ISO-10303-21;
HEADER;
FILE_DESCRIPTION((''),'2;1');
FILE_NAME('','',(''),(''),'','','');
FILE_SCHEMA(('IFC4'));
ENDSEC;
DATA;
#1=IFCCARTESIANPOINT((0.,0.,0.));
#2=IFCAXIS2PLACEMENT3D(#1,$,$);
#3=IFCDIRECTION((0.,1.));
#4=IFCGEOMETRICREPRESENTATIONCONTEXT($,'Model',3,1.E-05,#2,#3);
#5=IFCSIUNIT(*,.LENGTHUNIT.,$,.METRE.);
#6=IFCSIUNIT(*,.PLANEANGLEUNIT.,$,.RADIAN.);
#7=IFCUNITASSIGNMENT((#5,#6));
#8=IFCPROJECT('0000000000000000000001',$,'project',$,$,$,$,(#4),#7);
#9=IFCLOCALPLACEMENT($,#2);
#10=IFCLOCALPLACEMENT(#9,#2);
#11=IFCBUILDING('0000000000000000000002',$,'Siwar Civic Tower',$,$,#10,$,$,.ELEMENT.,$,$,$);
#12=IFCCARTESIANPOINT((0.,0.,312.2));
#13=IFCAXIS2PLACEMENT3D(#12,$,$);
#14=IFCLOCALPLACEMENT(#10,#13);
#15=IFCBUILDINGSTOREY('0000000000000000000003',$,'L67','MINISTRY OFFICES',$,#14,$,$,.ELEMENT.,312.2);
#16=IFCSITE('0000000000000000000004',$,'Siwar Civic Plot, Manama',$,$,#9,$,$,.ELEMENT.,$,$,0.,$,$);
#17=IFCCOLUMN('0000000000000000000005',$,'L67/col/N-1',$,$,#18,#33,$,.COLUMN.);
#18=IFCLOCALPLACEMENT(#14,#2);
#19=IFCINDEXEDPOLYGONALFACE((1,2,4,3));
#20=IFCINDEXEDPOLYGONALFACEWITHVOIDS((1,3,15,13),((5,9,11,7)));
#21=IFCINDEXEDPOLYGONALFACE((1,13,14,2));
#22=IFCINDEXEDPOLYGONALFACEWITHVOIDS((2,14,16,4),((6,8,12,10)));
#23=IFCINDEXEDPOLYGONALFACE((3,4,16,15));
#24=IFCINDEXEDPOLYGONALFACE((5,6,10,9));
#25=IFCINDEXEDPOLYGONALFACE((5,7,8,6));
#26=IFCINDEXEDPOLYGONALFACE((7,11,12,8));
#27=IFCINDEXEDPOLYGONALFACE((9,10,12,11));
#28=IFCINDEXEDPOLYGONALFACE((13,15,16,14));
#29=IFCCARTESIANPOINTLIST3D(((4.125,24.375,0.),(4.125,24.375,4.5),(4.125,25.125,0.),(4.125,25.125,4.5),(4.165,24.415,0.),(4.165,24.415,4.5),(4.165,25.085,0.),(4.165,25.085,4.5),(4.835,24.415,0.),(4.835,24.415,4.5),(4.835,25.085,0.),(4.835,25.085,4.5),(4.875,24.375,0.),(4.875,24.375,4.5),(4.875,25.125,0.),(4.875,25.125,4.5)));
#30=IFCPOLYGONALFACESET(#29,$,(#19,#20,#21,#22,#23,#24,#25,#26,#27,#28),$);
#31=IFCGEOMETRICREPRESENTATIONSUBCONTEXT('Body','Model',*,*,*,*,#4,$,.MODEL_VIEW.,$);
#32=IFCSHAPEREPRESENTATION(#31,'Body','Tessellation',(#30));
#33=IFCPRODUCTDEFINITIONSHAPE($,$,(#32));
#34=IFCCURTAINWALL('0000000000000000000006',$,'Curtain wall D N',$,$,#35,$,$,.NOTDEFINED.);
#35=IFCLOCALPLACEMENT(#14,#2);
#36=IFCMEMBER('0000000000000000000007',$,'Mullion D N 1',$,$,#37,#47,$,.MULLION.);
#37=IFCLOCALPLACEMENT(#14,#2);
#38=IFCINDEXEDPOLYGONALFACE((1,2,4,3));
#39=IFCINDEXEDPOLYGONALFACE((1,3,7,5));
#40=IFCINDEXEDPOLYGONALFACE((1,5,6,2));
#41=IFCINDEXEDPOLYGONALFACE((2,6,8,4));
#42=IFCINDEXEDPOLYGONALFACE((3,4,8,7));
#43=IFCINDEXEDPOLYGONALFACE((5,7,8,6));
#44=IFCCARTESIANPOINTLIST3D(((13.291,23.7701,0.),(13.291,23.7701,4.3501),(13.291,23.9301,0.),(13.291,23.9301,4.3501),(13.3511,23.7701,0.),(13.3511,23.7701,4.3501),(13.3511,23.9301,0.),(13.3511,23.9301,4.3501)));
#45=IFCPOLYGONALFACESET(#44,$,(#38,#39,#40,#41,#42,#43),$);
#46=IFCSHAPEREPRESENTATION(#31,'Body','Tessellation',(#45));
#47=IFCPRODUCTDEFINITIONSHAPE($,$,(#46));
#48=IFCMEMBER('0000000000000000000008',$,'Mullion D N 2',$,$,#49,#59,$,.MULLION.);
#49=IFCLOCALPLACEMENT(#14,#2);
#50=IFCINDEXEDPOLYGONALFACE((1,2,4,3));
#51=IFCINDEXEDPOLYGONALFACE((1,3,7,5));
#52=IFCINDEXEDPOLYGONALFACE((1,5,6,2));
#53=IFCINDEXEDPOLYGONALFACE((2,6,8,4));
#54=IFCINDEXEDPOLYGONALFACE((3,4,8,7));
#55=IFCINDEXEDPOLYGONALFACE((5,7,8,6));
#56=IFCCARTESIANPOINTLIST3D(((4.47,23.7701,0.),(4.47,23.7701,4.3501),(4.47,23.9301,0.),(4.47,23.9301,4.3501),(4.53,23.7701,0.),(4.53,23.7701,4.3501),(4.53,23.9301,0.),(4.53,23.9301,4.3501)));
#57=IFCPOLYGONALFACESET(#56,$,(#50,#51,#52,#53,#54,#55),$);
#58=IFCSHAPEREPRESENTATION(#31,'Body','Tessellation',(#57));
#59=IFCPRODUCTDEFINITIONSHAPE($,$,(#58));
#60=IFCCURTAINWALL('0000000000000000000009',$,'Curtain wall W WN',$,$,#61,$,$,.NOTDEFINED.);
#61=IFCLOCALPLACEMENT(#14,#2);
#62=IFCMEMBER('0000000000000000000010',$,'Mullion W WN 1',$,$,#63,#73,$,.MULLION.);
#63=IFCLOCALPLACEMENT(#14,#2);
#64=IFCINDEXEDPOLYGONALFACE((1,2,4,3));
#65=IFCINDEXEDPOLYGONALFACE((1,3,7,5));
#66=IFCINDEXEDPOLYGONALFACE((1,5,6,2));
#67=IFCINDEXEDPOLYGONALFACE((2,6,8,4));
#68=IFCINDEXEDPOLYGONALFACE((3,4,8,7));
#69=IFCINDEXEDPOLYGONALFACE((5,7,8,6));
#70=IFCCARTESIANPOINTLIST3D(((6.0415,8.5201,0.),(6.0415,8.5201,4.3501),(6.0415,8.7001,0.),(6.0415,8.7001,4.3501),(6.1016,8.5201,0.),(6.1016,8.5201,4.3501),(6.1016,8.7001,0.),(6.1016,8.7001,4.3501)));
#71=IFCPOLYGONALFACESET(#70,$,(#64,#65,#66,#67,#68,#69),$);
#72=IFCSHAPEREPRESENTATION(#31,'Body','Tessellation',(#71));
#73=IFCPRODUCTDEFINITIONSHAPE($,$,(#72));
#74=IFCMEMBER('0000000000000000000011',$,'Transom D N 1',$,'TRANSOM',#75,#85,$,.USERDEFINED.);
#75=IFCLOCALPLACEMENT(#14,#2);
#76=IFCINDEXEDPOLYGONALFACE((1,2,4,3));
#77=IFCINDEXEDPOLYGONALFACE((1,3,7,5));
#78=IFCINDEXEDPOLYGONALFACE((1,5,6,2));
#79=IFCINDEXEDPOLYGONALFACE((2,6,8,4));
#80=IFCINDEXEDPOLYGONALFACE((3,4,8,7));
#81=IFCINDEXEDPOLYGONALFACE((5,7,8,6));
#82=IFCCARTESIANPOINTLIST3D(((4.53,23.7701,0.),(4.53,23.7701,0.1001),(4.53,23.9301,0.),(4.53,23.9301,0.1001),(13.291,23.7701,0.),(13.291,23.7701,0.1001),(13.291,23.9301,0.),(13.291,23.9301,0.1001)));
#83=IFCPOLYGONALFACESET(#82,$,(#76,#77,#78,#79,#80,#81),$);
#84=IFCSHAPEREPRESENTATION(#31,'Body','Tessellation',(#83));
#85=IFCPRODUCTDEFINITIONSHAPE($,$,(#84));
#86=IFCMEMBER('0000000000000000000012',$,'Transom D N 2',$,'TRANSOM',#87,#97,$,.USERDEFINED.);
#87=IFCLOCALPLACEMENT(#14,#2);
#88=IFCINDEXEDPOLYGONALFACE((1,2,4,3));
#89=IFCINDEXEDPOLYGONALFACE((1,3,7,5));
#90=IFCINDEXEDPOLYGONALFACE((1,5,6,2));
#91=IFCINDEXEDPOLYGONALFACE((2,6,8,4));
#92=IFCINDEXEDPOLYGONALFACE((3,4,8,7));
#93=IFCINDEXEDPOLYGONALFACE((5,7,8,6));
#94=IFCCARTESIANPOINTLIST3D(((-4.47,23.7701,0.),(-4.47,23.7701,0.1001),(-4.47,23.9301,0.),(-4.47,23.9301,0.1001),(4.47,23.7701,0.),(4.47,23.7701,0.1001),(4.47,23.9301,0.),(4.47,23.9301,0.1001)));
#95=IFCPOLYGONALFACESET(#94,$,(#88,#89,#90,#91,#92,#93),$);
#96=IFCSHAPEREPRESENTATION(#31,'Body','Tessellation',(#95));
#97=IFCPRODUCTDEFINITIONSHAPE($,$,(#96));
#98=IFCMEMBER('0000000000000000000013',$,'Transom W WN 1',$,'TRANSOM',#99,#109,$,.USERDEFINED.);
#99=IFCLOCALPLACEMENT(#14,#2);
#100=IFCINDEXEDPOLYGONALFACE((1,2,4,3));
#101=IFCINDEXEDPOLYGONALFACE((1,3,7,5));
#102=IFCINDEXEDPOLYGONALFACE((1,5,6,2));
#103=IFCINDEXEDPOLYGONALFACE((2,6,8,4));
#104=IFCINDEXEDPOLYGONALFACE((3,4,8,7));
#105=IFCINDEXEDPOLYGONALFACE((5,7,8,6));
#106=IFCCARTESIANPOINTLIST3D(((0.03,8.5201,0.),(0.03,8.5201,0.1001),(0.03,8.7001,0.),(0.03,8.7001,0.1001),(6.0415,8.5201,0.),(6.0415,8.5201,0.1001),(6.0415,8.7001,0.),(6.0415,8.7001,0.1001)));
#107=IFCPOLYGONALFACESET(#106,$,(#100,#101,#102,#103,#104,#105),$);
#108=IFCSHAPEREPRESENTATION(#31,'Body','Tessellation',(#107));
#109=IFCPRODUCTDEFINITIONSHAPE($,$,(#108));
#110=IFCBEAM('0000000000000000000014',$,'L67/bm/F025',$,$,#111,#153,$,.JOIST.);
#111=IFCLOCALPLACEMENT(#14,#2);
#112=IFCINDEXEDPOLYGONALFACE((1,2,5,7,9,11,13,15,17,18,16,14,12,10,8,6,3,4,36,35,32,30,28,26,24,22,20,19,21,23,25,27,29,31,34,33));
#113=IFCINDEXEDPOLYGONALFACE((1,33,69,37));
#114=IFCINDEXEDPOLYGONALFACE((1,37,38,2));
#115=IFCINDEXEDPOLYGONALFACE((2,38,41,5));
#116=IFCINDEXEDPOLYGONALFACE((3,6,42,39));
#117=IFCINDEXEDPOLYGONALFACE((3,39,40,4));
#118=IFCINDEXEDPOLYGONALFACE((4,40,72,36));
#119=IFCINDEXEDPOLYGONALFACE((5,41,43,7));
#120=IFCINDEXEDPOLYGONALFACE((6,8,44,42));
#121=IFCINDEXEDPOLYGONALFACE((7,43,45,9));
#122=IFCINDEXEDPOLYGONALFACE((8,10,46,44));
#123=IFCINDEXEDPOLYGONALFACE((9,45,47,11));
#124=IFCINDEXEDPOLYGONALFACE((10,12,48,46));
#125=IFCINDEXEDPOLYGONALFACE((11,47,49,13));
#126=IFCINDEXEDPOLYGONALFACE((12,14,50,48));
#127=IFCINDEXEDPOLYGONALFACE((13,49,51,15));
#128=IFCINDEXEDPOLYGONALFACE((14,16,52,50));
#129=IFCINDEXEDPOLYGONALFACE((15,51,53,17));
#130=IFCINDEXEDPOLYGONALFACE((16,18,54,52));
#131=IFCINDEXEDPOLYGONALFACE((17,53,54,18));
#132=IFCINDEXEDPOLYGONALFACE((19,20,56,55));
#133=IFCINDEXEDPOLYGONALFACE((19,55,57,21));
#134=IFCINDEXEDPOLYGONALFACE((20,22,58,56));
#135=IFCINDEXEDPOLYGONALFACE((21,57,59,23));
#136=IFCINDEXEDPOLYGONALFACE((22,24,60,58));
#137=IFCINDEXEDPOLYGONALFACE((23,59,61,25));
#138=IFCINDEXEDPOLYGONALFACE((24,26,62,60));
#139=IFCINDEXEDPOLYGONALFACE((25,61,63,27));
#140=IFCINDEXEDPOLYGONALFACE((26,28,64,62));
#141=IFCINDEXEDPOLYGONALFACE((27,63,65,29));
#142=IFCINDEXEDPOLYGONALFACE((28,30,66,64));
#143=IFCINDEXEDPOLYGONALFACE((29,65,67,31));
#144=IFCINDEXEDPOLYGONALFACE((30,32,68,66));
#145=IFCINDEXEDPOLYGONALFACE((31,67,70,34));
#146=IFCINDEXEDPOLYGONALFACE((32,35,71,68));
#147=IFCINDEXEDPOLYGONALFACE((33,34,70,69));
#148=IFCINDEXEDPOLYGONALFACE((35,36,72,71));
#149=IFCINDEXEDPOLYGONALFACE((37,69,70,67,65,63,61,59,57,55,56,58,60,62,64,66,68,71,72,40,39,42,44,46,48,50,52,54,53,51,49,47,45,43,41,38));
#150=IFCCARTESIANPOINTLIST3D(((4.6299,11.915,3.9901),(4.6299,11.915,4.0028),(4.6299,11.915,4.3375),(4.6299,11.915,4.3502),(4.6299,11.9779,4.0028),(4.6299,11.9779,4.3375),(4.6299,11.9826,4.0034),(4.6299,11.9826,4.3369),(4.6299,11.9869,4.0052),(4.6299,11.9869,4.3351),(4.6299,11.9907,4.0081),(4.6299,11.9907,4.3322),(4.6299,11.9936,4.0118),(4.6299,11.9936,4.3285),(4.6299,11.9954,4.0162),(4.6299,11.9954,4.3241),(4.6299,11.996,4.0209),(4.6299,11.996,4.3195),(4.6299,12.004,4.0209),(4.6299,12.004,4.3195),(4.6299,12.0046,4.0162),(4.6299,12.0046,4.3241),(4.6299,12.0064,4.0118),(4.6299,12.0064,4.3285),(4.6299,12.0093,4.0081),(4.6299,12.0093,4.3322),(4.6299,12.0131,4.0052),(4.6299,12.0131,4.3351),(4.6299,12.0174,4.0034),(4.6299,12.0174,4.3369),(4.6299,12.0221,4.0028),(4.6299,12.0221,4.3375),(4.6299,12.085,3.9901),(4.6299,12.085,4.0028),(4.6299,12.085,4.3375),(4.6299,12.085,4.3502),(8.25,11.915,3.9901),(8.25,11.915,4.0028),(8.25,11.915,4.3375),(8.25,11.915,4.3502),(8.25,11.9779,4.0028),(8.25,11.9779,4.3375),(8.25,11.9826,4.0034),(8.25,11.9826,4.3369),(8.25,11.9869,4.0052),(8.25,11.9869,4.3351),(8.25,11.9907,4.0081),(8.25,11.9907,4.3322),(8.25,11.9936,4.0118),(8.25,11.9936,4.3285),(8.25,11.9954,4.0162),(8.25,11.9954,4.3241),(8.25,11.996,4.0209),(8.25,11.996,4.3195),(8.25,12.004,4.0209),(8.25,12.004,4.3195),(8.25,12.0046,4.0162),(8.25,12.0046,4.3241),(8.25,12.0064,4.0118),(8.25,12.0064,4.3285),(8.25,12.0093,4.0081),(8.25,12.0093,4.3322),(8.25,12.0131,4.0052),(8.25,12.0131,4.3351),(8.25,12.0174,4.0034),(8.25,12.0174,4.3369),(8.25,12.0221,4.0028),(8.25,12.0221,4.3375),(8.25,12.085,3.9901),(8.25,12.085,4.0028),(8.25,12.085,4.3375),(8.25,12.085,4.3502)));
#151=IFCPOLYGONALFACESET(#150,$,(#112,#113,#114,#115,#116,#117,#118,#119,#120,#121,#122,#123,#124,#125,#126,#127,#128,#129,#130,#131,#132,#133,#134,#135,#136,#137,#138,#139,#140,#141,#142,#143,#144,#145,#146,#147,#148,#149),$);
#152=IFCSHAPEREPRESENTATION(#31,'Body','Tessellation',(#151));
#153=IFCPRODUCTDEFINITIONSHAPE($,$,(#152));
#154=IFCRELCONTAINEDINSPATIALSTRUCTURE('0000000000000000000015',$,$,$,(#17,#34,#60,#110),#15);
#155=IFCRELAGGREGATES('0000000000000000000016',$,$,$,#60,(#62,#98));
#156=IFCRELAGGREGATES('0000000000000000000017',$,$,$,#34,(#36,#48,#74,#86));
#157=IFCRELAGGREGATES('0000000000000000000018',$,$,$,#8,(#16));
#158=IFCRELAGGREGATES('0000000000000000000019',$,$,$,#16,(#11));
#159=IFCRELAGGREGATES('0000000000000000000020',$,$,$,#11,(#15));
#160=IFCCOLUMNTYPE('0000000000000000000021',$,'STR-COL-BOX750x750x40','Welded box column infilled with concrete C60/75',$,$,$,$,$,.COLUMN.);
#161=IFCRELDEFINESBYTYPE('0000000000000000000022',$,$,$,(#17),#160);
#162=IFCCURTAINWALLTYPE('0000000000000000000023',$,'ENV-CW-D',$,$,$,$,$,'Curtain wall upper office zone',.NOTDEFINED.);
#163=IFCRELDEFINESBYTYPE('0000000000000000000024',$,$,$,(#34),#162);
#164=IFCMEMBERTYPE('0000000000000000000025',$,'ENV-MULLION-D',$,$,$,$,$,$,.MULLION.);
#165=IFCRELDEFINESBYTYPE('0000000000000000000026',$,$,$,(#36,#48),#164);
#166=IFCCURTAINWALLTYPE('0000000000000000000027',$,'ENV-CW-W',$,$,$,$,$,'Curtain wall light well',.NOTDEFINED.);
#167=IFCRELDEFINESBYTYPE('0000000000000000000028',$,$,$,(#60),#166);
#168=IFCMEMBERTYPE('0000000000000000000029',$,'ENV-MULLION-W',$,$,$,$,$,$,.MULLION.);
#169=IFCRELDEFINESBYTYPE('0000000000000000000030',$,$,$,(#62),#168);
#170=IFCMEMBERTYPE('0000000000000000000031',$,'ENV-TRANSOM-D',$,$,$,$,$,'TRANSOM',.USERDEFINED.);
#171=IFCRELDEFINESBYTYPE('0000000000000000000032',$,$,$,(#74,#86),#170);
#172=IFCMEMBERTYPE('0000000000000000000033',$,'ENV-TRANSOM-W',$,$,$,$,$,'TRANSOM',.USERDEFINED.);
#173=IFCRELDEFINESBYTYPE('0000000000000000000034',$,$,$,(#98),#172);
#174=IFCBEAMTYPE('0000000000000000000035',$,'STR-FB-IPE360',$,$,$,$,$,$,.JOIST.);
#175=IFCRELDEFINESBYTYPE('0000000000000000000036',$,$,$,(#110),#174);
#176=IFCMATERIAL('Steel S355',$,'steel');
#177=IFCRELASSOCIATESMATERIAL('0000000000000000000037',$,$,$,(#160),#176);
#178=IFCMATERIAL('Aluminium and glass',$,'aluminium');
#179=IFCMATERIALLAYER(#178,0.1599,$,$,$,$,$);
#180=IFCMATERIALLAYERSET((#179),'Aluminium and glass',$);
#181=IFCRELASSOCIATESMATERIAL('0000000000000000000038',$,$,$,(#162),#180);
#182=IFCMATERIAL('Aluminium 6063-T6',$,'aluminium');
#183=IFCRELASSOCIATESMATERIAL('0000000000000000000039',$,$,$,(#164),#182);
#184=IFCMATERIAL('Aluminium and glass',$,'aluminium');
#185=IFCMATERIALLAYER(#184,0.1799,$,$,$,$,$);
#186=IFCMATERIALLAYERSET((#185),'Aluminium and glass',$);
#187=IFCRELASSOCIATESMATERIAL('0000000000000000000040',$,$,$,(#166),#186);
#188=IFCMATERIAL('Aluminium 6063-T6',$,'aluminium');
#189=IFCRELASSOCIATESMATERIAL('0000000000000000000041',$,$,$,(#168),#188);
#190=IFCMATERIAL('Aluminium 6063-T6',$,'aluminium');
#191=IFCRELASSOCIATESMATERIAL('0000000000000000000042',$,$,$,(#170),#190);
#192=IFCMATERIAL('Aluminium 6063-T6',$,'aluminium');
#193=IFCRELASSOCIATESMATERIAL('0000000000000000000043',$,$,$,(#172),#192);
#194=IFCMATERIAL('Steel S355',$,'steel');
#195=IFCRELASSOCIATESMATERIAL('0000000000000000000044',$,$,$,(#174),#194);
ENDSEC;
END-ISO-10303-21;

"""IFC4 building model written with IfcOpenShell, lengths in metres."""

from ifc_helpers import new_model, si_unit, direction, frame, origin, origin_2d, place, context, subcontext, project, spatial, rectangle, hollow_rectangle, i_section, extrude, material, layer, layer_set, material_profile, profile_set, type_object, element, aggregate, save


model = new_model("IFC4")

# Units and contexts
model_context = context("Model", 3, precision=1e-05, world=origin(), true_north=direction((0.0, 1.0)))
body_context = subcontext(model_context, "Body", "Model", "MODEL_VIEW")
ifc_project = project(units=[si_unit("LENGTHUNIT", "METRE"), si_unit("PLANEANGLEUNIT", "RADIAN")], contexts=[model_context])

# Site, building, storey
site_placement = place(None, origin())
site = spatial("IfcSite", under=ifc_project, at=site_placement, Name="Siwar Civic Plot, Manama", CompositionType="ELEMENT", RefElevation=0.0)
building_placement = place(site_placement, origin())
building = spatial("IfcBuilding", under=site, at=building_placement, Name="Siwar Civic Tower", CompositionType="ELEMENT")
storey_placement = place(building_placement, frame((0.0, 0.0, 312.2)))
storey = spatial("IfcBuildingStorey", under=building, at=storey_placement, Name="L67", Description="MINISTRY OFFICES", CompositionType="ELEMENT", Elevation=312.2)

# Column
ifc_material_1 = material(Name="Steel S355", Category="steel")
ifc_material_profile_1 = material_profile(ifc_material_1, hollow_rectangle(XDim=0.75, YDim=0.75, WallThickness=0.04, at=origin_2d()), Name="BOX750x750x40")
ifc_profile_set_1 = profile_set([ifc_material_profile_1], Name="Steel S355")
column_type = type_object("IfcColumnType", Name="STR-COL-BOX750x750x40", Description="Welded box column infilled with concrete C60/75", PredefinedType="COLUMN", material=ifc_profile_set_1)
column_placement = place(storey_placement, frame((4.5, 24.75, 0.0), z_axis=(0.0, 0.0, 1.0), x_axis=(1.0, 0.0, 0.0)))
element("IfcColumn", 1, at=column_placement, inside=storey, type_object=column_type, Name="L67/col/N-1", PredefinedType="COLUMN", context=body_context, shape_type="SweptSolid", body=[
    extrude(hollow_rectangle(XDim=0.75, YDim=0.75, WallThickness=0.04, at=origin_2d()), origin(), (0.0, 0.0, 1.0), 4.5),
])

# Curtain wall, members
ifc_material_2 = material(Name="Aluminium and glass", Category="aluminium")
ifc_layer_1 = layer(ifc_material_2, 0.1599)
ifc_layer_set_1 = layer_set([ifc_layer_1], Name="Aluminium and glass")
curtain_wall_type_1 = type_object("IfcCurtainWallType", Name="ENV-CW-D", ElementType="Curtain wall upper office zone", PredefinedType="NOTDEFINED", material=ifc_layer_set_1)
curtain_wall_1_placement = place(storey_placement, origin())
curtain_wall_1 = element("IfcCurtainWall", 2, at=curtain_wall_1_placement, inside=storey, type_object=curtain_wall_type_1, Name="Curtain wall D N", PredefinedType="NOTDEFINED")
ifc_material_3 = material(Name="Aluminium 6063-T6", Category="aluminium")
ifc_material_profile_2 = material_profile(ifc_material_3, rectangle(XDim=0.1599, YDim=0.0601, at=origin_2d()), Name="AL 160x60")
ifc_profile_set_2 = profile_set([ifc_material_profile_2], Name="Aluminium 6063-T6")
member_type_1 = type_object("IfcMemberType", Name="ENV-MULLION-D", PredefinedType="MULLION", material=ifc_profile_set_2)
member_1_placement = place(storey_placement, frame((13.321, 23.8501, 0.0), z_axis=(0.0, 0.0, 1.0), x_axis=(0.0, -1.0, 0.0)))
member_1 = element("IfcMember", 3, at=member_1_placement, type_object=member_type_1, Name="Mullion D N 1", PredefinedType="MULLION", context=body_context, shape_type="SweptSolid", body=[
    extrude(rectangle(XDim=0.1599, YDim=0.0601, at=origin_2d()), origin(), (0.0, 0.0, 1.0), 4.3501),
])
member_2_placement = place(storey_placement, frame((4.5, 23.8501, 0.0), z_axis=(0.0, 0.0, 1.0), x_axis=(0.0, -1.0, 0.0)))
member_2 = element("IfcMember", 4, at=member_2_placement, type_object=member_type_1, Name="Mullion D N 2", PredefinedType="MULLION", context=body_context, shape_type="SweptSolid", body=[
    extrude(rectangle(XDim=0.1599, YDim=0.0601, at=origin_2d()), origin(), (0.0, 0.0, 1.0), 4.3501),
])

# Curtain wall, member
ifc_material_4 = material(Name="Aluminium and glass", Category="aluminium")
ifc_layer_2 = layer(ifc_material_4, 0.1799)
ifc_layer_set_2 = layer_set([ifc_layer_2], Name="Aluminium and glass")
curtain_wall_type_2 = type_object("IfcCurtainWallType", Name="ENV-CW-W", ElementType="Curtain wall light well", PredefinedType="NOTDEFINED", material=ifc_layer_set_2)
curtain_wall_2_placement = place(storey_placement, origin())
curtain_wall_2 = element("IfcCurtainWall", 5, at=curtain_wall_2_placement, inside=storey, type_object=curtain_wall_type_2, Name="Curtain wall W WN", PredefinedType="NOTDEFINED")
ifc_material_5 = material(Name="Aluminium 6063-T6", Category="aluminium")
ifc_material_profile_3 = material_profile(ifc_material_5, rectangle(XDim=0.1799, YDim=0.0601, at=origin_2d()), Name="AL 180x60")
ifc_profile_set_3 = profile_set([ifc_material_profile_3], Name="Aluminium 6063-T6")
member_type_2 = type_object("IfcMemberType", Name="ENV-MULLION-W", PredefinedType="MULLION", material=ifc_profile_set_3)
member_3_placement = place(storey_placement, frame((6.0715, 8.6101, 0.0), z_axis=(0.0, 0.0, 1.0), x_axis=(0.0, -1.0, 0.0)))
member_3 = element("IfcMember", 6, at=member_3_placement, type_object=member_type_2, Name="Mullion W WN 1", PredefinedType="MULLION", context=body_context, shape_type="SweptSolid", body=[
    extrude(rectangle(XDim=0.1799, YDim=0.0601, at=origin_2d()), origin(), (0.0, 0.0, 1.0), 4.3501),
])

# Members
ifc_material_6 = material(Name="Aluminium 6063-T6", Category="aluminium")
ifc_material_profile_4 = material_profile(ifc_material_6, rectangle(XDim=0.1599, YDim=0.1001, at=origin_2d()), Name="AL 160x100")
ifc_profile_set_4 = profile_set([ifc_material_profile_4], Name="Aluminium 6063-T6")
member_type_3 = type_object("IfcMemberType", Name="ENV-TRANSOM-D", ElementType="TRANSOM", PredefinedType="USERDEFINED", material=ifc_profile_set_4)
member_4_placement = place(storey_placement, frame((13.291, 23.8501, 0.05), z_axis=(-1.0, 0.0, 0.0), x_axis=(0.0, -1.0, 0.0)))
member_4 = element("IfcMember", 7, at=member_4_placement, type_object=member_type_3, Name="Transom D N 1", ObjectType="TRANSOM", PredefinedType="USERDEFINED", context=body_context, shape_type="SweptSolid", body=[
    extrude(rectangle(XDim=0.1599, YDim=0.1001, at=origin_2d()), origin(), (0.0, 0.0, 1.0), 8.761),
])
member_5_placement = place(storey_placement, frame((4.47, 23.8501, 0.05), z_axis=(-1.0, 0.0, 0.0), x_axis=(0.0, -1.0, 0.0)))
member_5 = element("IfcMember", 8, at=member_5_placement, type_object=member_type_3, Name="Transom D N 2", ObjectType="TRANSOM", PredefinedType="USERDEFINED", context=body_context, shape_type="SweptSolid", body=[
    extrude(rectangle(XDim=0.1599, YDim=0.1001, at=origin_2d()), origin(), (0.0, 0.0, 1.0), 8.9399),
])
ifc_material_7 = material(Name="Aluminium 6063-T6", Category="aluminium")
ifc_material_profile_5 = material_profile(ifc_material_7, rectangle(XDim=0.1799, YDim=0.1001, at=origin_2d()), Name="AL 180x100")
ifc_profile_set_5 = profile_set([ifc_material_profile_5], Name="Aluminium 6063-T6")
member_type_4 = type_object("IfcMemberType", Name="ENV-TRANSOM-W", ElementType="TRANSOM", PredefinedType="USERDEFINED", material=ifc_profile_set_5)
member_6_placement = place(storey_placement, frame((6.0415, 8.6101, 0.05), z_axis=(-1.0, 0.0, 0.0), x_axis=(0.0, -1.0, 0.0)))
member_6 = element("IfcMember", 9, at=member_6_placement, type_object=member_type_4, Name="Transom W WN 1", ObjectType="TRANSOM", PredefinedType="USERDEFINED", context=body_context, shape_type="SweptSolid", body=[
    extrude(rectangle(XDim=0.1799, YDim=0.1001, at=origin_2d()), origin(), (0.0, 0.0, 1.0), 6.0115),
])
aggregate(curtain_wall_2, [member_3, member_6])

# Beam
ifc_material_8 = material(Name="Steel S355", Category="steel")
ifc_material_profile_6 = material_profile(ifc_material_8, i_section(OverallWidth=0.1699, OverallDepth=0.3601, WebThickness=0.0081, FlangeThickness=0.0127, FilletRadius=0.0181, at=origin_2d()), Name="IPE360")
ifc_profile_set_6 = profile_set([ifc_material_profile_6], Name="Steel S355")
beam_type_1 = type_object("IfcBeamType", Name="STR-FB-IPE360", PredefinedType="JOIST", material=ifc_profile_set_6)
beam_1_placement = place(storey_placement, frame((4.6299, 12.0, 4.1702), z_axis=(1.0, 0.0, 0.0), x_axis=(0.0, 1.0, 0.0)))
element("IfcBeam", 10, at=beam_1_placement, inside=storey, type_object=beam_type_1, Name="L67/bm/F025", PredefinedType="JOIST", context=body_context, shape_type="SweptSolid", body=[
    extrude(i_section(OverallWidth=0.1699, OverallDepth=0.3601, WebThickness=0.0081, FlangeThickness=0.0127, FilletRadius=0.0181, at=origin_2d()), origin(), (0.0, 0.0, 1.0), 3.6201),
])

aggregate(curtain_wall_1, [member_1, member_2, member_4, member_5])

save(model, "model.ifc")
